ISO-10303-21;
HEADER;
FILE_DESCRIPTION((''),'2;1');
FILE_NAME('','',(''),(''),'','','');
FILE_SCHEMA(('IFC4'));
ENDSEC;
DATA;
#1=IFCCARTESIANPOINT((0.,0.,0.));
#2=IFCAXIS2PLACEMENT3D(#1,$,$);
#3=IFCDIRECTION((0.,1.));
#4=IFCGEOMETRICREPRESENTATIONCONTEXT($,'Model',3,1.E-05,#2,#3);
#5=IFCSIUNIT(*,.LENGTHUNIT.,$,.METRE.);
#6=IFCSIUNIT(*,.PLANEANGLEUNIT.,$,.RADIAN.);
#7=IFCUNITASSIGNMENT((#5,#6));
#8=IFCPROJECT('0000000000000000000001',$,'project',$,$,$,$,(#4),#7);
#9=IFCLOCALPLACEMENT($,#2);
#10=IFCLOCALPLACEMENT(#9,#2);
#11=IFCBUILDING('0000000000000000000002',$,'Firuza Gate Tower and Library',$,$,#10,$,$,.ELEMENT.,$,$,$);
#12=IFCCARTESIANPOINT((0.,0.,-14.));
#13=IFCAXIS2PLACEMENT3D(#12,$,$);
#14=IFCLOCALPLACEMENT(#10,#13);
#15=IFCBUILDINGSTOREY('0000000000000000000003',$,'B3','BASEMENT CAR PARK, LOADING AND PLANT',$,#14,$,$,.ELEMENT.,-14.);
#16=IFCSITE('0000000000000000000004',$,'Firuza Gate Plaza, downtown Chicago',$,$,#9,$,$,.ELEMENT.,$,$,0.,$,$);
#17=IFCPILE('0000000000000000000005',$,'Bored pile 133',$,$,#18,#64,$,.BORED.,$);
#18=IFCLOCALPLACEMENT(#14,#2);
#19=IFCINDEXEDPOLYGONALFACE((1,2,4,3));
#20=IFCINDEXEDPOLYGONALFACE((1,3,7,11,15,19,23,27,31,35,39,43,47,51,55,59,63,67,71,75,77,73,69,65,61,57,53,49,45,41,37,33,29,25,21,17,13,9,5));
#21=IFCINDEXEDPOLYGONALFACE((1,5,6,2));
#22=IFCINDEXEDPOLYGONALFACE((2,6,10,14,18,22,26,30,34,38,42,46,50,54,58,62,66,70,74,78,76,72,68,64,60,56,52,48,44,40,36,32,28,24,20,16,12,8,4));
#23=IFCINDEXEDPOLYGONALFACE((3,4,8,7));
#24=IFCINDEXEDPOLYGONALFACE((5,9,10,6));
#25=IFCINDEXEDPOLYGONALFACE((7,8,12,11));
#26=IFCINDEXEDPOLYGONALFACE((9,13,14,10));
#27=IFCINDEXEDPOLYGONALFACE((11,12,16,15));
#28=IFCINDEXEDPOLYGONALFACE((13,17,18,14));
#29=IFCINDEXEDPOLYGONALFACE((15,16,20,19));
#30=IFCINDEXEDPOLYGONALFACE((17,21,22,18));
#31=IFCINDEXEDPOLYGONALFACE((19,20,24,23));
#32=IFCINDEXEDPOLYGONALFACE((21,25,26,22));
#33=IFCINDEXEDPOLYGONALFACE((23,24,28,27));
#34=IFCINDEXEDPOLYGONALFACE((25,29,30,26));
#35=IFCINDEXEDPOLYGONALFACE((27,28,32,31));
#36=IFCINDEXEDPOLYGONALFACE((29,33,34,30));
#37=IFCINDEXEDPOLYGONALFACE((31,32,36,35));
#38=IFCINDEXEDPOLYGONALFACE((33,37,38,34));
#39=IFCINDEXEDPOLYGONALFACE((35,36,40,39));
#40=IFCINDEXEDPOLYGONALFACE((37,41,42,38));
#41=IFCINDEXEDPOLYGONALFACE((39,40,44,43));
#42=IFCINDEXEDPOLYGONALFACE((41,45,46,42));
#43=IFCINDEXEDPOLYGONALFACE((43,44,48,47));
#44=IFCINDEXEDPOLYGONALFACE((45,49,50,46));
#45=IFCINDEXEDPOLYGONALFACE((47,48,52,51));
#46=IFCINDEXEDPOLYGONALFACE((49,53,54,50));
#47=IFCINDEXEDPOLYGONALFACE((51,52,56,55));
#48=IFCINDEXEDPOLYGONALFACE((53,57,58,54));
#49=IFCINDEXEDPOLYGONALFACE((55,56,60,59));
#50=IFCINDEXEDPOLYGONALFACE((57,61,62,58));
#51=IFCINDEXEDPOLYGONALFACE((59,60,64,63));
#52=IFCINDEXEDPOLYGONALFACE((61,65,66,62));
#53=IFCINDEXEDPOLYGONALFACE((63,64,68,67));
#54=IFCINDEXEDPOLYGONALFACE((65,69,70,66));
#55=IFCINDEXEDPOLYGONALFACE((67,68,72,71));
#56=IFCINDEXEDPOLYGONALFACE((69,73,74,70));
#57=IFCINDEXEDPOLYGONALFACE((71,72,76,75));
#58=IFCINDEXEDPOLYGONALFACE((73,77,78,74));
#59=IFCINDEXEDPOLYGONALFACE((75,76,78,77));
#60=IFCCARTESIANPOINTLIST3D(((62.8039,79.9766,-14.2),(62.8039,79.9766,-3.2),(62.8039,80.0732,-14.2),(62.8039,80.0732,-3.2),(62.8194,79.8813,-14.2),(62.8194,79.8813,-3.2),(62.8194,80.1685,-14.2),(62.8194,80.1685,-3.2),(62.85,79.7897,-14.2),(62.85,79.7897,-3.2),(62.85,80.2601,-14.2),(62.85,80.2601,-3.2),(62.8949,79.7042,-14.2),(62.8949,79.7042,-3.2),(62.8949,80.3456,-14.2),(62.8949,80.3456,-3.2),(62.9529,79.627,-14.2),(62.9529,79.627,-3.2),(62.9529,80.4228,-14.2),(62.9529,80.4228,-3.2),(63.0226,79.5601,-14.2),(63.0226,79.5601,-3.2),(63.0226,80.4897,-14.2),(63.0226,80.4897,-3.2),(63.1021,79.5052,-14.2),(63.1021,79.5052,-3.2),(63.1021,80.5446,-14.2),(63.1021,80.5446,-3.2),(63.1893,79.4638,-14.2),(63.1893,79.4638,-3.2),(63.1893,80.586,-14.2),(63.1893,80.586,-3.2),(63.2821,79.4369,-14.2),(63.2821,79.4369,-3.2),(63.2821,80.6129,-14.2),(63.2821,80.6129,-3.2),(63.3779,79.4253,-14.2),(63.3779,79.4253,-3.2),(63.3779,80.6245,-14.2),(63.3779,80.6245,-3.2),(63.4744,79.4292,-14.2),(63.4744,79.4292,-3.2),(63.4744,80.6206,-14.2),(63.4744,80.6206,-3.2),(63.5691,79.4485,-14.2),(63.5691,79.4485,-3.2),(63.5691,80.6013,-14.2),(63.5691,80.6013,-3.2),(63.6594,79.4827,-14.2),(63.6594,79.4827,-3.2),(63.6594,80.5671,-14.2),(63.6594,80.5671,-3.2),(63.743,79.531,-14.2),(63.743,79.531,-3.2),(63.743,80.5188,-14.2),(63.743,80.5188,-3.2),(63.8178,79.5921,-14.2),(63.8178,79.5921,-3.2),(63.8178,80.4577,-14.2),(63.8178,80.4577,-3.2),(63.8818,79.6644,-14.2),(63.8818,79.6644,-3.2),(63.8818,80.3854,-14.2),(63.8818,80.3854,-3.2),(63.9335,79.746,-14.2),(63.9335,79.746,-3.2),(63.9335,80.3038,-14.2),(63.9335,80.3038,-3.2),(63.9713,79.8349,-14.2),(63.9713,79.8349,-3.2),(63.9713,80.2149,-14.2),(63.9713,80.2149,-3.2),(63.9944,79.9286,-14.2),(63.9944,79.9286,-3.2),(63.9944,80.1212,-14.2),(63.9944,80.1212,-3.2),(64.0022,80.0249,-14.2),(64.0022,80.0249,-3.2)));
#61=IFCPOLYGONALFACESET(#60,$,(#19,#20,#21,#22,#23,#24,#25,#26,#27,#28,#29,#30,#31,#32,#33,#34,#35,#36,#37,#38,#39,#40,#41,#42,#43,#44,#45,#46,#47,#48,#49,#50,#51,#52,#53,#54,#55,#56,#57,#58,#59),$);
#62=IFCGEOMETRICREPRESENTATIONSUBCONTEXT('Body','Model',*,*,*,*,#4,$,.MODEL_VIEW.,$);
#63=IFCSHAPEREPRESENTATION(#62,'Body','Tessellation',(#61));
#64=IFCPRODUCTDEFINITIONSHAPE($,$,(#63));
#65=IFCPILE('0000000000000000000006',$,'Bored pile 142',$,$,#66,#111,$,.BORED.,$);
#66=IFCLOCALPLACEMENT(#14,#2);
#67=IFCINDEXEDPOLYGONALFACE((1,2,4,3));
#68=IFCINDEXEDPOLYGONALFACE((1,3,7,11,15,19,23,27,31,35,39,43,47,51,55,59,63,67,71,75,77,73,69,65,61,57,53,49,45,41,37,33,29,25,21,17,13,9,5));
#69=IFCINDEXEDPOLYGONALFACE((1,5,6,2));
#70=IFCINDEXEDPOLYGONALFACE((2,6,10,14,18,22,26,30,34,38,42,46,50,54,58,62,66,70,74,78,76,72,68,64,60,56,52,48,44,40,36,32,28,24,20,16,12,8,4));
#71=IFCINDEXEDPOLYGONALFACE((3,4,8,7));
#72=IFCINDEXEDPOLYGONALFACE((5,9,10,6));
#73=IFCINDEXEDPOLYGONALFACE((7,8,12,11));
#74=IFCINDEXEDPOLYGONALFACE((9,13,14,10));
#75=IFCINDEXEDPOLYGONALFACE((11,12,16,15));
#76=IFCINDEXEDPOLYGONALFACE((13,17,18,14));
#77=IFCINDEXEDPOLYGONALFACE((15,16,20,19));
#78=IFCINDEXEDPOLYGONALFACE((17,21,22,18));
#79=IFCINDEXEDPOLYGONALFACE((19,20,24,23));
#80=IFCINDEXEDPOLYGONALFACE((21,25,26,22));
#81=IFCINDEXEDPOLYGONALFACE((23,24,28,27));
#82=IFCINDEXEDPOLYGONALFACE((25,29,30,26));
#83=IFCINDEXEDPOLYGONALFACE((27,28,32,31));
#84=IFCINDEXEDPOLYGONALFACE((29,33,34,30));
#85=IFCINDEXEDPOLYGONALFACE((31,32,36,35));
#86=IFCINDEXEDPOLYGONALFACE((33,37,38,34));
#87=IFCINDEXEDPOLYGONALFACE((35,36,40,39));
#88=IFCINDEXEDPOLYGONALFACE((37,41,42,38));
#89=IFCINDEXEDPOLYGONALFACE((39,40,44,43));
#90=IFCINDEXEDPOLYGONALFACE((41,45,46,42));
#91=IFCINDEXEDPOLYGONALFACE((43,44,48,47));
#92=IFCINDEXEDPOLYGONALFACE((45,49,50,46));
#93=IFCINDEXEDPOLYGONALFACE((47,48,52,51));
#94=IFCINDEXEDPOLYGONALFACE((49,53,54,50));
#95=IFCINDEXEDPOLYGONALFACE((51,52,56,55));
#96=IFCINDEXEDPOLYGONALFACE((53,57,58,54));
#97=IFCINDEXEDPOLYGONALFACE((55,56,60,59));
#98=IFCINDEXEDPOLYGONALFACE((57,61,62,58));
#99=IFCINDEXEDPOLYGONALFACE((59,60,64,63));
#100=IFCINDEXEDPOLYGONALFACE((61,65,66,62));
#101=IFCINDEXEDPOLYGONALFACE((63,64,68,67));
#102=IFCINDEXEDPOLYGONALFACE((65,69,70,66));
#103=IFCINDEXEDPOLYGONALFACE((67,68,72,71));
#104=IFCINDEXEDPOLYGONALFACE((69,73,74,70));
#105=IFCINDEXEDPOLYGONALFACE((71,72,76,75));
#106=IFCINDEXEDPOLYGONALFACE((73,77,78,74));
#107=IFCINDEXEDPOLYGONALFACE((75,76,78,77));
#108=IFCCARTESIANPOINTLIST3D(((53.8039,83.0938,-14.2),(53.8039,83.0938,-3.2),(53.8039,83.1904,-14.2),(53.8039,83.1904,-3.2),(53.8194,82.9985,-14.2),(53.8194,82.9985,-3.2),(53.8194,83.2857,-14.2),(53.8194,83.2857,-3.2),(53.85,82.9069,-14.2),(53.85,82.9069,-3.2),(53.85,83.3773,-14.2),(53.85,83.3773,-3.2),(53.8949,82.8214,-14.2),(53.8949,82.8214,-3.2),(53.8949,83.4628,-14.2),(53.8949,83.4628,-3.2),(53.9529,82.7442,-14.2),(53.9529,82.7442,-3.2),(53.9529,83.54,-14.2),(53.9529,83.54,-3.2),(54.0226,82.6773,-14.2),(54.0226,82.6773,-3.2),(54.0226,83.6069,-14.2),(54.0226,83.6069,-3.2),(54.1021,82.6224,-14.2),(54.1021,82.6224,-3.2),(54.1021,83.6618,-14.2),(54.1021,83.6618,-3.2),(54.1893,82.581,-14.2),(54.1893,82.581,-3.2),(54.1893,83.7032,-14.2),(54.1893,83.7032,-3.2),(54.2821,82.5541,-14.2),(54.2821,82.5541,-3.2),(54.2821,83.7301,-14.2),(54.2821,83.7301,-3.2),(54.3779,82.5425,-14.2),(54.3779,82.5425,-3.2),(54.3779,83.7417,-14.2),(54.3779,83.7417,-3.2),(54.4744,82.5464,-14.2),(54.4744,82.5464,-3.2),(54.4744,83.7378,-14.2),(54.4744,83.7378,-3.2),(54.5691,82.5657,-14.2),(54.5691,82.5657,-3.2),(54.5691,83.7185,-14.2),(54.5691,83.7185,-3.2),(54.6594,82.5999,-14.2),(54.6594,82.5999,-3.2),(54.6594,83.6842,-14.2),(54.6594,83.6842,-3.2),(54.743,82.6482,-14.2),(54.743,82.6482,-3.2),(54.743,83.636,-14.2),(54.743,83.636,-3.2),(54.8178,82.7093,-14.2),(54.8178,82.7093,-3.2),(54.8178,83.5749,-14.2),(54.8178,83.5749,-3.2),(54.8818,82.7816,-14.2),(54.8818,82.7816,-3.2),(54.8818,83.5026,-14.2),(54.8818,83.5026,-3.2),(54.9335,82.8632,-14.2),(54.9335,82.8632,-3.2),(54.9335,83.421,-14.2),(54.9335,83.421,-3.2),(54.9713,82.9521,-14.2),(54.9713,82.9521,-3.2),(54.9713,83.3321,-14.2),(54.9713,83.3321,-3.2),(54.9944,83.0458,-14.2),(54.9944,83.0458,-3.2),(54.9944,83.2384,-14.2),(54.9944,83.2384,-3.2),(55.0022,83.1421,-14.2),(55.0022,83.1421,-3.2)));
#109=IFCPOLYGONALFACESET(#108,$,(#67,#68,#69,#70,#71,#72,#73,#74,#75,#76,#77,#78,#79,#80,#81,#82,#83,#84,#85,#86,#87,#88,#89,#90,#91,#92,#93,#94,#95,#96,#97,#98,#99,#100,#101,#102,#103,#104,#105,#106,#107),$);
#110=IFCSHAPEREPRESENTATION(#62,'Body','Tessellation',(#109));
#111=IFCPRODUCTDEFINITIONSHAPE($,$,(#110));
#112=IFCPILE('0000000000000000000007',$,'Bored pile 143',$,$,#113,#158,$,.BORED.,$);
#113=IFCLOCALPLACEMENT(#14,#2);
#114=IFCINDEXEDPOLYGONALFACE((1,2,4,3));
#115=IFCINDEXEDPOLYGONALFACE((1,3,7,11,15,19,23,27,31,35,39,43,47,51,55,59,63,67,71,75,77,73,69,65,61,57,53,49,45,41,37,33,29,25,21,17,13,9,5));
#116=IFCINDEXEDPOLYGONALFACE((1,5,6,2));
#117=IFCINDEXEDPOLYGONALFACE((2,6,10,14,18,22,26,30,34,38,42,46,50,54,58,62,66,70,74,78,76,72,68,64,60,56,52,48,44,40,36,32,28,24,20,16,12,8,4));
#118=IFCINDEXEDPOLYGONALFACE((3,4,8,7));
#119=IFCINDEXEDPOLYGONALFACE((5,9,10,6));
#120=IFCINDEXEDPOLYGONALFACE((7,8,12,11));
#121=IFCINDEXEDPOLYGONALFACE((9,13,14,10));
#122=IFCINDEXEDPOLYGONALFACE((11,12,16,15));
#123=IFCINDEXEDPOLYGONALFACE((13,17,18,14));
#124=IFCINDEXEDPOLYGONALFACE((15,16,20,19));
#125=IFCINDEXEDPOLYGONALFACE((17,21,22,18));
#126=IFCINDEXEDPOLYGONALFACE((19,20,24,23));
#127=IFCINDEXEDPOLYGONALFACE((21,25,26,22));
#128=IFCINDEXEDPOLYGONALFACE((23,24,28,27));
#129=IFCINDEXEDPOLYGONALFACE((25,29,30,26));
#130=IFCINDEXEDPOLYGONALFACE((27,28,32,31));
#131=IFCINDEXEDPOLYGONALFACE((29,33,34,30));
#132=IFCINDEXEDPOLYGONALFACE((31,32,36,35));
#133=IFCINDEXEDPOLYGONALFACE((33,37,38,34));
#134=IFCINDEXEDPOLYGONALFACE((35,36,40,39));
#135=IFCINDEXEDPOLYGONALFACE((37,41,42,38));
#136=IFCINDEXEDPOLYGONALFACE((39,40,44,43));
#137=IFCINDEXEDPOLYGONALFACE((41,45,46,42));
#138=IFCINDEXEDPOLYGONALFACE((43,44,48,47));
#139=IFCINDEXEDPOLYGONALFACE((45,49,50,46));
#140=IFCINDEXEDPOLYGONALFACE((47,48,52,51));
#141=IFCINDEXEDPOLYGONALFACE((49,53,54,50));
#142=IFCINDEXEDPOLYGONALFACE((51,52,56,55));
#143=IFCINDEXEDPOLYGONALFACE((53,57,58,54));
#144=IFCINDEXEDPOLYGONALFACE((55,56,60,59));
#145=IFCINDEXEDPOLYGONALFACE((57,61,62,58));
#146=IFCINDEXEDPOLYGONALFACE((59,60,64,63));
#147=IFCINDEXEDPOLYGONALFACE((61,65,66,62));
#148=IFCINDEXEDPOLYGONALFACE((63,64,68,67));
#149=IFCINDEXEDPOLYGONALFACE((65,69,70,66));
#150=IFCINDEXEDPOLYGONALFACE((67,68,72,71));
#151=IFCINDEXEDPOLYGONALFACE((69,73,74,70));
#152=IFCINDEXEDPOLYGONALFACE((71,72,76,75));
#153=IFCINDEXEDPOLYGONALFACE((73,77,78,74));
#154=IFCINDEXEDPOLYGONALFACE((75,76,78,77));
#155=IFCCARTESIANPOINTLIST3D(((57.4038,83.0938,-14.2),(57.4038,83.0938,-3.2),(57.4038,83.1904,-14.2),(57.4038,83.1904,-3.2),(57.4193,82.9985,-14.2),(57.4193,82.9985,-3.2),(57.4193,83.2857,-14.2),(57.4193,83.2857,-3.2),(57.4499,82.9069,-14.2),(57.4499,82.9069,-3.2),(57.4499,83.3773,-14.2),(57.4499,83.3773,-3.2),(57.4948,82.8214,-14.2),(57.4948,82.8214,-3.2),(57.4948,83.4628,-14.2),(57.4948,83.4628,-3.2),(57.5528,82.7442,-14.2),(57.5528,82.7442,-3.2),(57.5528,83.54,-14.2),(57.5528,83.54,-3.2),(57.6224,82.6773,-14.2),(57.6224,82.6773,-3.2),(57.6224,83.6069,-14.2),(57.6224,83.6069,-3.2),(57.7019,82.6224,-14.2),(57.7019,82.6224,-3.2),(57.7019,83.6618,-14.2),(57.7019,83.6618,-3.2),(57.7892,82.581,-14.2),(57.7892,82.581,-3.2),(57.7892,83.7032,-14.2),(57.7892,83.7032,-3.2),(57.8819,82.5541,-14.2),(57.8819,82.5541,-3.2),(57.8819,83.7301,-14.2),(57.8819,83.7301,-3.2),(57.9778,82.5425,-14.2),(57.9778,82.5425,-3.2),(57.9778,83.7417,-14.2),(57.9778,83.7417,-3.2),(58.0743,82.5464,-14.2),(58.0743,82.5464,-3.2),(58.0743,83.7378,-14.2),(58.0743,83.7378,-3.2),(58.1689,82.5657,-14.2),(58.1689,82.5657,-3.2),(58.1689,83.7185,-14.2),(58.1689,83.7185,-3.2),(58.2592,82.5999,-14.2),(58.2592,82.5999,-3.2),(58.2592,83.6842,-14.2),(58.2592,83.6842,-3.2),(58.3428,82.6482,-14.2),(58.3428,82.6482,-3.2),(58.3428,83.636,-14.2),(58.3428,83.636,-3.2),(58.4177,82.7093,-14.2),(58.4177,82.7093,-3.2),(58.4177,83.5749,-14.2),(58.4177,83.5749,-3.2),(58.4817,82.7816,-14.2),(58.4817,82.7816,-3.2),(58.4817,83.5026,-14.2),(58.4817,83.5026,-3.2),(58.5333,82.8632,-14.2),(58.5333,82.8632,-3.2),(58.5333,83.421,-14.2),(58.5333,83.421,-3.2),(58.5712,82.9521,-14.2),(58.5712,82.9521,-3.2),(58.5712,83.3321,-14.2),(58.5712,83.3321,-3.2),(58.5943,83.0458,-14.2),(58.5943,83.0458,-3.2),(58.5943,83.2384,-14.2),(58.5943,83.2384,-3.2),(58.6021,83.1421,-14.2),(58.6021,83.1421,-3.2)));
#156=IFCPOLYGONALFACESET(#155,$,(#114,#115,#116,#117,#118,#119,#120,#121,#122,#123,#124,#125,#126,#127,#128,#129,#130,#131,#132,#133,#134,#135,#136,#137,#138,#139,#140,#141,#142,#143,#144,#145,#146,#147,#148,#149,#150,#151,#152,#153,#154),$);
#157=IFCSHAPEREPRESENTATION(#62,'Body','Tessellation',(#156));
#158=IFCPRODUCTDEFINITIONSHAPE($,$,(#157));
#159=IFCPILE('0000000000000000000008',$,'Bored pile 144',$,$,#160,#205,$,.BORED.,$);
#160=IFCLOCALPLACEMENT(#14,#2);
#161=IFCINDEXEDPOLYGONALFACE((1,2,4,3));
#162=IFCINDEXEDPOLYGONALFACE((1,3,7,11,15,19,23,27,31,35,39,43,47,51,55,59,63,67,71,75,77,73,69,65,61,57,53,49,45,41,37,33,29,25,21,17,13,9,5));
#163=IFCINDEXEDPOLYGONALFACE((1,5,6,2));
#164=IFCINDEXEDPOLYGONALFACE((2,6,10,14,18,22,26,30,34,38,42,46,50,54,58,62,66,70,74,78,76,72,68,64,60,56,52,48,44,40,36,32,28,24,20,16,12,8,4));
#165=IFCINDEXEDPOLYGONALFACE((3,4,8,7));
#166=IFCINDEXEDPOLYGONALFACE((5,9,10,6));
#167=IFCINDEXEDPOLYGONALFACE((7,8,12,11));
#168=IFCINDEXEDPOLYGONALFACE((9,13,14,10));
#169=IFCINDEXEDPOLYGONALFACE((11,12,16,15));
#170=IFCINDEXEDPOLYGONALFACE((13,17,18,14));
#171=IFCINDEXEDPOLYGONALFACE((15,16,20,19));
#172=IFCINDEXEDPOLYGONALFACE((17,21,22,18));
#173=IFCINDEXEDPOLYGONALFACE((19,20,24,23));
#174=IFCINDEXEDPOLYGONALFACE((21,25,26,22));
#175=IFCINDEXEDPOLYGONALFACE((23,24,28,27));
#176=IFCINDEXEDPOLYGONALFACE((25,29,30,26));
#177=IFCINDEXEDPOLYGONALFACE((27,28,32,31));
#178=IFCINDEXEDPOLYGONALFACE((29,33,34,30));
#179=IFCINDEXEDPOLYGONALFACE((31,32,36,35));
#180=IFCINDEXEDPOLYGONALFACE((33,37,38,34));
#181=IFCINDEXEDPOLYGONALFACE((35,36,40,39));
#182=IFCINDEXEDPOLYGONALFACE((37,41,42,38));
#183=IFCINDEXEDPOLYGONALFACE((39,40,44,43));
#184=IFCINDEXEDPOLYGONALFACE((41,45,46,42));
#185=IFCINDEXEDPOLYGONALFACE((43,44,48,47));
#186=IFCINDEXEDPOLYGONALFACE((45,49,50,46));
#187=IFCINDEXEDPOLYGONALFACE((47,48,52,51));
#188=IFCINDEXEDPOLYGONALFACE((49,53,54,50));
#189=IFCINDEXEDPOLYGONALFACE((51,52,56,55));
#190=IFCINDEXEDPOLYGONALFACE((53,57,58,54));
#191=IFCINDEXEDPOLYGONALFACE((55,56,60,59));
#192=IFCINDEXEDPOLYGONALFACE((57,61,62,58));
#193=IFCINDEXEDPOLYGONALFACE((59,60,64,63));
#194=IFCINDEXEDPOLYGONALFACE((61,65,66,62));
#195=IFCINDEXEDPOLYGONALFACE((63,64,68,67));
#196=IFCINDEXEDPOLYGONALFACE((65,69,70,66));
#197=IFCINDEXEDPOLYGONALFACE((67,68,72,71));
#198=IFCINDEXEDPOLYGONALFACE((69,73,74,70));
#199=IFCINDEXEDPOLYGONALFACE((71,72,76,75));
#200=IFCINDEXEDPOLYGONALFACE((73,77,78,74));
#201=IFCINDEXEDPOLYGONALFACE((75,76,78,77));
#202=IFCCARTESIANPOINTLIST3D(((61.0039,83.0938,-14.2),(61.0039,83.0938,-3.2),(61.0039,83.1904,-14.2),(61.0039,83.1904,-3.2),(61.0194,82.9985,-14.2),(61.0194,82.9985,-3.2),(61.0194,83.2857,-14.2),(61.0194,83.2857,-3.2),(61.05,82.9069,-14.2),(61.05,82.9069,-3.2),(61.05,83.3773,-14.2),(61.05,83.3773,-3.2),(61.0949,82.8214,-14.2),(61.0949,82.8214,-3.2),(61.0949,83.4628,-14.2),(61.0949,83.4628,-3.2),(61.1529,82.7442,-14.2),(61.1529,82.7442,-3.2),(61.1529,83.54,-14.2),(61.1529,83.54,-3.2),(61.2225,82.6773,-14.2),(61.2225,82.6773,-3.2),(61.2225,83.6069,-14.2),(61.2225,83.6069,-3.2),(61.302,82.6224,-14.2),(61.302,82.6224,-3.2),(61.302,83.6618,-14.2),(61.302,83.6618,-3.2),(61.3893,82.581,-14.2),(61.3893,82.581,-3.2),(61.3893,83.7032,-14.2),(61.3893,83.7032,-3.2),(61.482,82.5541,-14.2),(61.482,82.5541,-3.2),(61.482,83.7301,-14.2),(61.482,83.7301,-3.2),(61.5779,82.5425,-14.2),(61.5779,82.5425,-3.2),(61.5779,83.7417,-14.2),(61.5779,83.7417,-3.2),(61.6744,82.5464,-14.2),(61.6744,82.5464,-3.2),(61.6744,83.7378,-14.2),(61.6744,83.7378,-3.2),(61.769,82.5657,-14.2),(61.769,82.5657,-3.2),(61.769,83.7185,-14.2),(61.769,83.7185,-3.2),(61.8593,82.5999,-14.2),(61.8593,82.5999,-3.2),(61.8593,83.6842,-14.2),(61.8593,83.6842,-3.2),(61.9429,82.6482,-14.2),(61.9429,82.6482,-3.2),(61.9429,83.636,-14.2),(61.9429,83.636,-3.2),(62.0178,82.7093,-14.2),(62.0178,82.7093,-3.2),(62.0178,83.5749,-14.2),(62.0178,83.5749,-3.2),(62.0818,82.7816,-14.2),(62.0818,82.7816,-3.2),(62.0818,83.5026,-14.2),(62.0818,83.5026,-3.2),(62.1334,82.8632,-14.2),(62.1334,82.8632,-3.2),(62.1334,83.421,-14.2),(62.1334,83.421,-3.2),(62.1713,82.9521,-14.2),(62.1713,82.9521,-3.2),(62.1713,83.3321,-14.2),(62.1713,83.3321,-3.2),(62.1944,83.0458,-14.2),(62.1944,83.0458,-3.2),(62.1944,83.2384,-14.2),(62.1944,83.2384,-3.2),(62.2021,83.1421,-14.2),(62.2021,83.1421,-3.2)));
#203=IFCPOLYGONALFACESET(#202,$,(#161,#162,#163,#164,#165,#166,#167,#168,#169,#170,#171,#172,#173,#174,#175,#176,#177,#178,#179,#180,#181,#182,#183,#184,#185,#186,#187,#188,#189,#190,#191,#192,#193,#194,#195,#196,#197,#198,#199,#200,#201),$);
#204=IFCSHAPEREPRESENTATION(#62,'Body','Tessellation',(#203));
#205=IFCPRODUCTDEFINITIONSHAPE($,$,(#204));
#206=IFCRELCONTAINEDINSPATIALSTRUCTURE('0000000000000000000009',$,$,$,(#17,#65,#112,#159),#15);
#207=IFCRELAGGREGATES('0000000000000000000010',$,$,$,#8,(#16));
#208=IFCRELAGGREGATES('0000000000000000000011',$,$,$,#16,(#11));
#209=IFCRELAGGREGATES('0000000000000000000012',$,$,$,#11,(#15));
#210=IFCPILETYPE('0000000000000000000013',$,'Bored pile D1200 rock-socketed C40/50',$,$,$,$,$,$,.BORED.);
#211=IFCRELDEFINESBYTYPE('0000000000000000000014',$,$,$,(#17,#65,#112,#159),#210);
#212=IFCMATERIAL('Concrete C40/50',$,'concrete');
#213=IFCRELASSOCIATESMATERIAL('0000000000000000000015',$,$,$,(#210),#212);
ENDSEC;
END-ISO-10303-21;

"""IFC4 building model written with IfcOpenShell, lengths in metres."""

from ifc_helpers import new_model, si_unit, direction, frame, origin, origin_2d, place, context, subcontext, project, spatial, circle, extrude, material, material_profile, profile_set, type_object, element, save


model = new_model("IFC4")

# Units and contexts
model_context = context("Model", 3, precision=1e-05, world=origin(), true_north=direction((0.0, 1.0)))
body_context = subcontext(model_context, "Body", "Model", "MODEL_VIEW")
ifc_project = project(units=[si_unit("LENGTHUNIT", "METRE"), si_unit("PLANEANGLEUNIT", "RADIAN")], contexts=[model_context])

# Site, building, storey
site_placement = place(None, origin())
site = spatial("IfcSite", under=ifc_project, at=site_placement, Name="Firuza Gate Plaza, downtown Chicago", CompositionType="ELEMENT", RefElevation=0.0)
building_placement = place(site_placement, origin())
building = spatial("IfcBuilding", under=site, at=building_placement, Name="Firuza Gate Tower and Library", CompositionType="ELEMENT")
storey_placement = place(building_placement, frame((0.0, 0.0, -14.0)))
storey = spatial("IfcBuildingStorey", under=building, at=storey_placement, Name="B3", Description="BASEMENT CAR PARK, LOADING AND PLANT", CompositionType="ELEMENT", Elevation=-14.0)

# Piles
ifc_material_1 = material(Name="Concrete C40/50", Category="concrete")
ifc_material_profile_1 = material_profile(ifc_material_1, circle(Radius=0.6001, at=origin_2d()))
ifc_profile_set_1 = profile_set([ifc_material_profile_1], Name="Concrete C40/50")
pile_type = type_object("IfcPileType", Name="Bored pile D1200 rock-socketed C40/50", PredefinedType="BORED", material=ifc_profile_set_1)
for number, where, z_axis, x_axis, name in (
    (1, (63.4021, 80.0249, -3.2), (0.0, 0.0, -1.0), (1.0, 0.0, 0.0), "Bored pile 133"),
    (2, (54.4021, 83.1421, -3.2), (0.0, 0.0, -1.0), (1.0, 0.0, 0.0), "Bored pile 142"),
    (3, (58.002, 83.1421, -3.2), (0.0, 0.0, -1.0), (1.0, 0.0, 0.0), "Bored pile 143"),
    (4, (61.6021, 83.1421, -3.2), (0.0, 0.0, -1.0), (1.0, 0.0, 0.0), "Bored pile 144"),
):
    element("IfcPile", number, at=place(storey_placement, frame(where, z_axis=z_axis, x_axis=x_axis)), inside=storey, type_object=pile_type, Name=name, PredefinedType="BORED", context=body_context, shape_type="SweptSolid", body=[
        extrude(circle(Radius=0.6001, at=origin_2d()), origin(), (0.0, 0.0, 1.0), 11.0),
    ])

save(model, "model.ifc")
